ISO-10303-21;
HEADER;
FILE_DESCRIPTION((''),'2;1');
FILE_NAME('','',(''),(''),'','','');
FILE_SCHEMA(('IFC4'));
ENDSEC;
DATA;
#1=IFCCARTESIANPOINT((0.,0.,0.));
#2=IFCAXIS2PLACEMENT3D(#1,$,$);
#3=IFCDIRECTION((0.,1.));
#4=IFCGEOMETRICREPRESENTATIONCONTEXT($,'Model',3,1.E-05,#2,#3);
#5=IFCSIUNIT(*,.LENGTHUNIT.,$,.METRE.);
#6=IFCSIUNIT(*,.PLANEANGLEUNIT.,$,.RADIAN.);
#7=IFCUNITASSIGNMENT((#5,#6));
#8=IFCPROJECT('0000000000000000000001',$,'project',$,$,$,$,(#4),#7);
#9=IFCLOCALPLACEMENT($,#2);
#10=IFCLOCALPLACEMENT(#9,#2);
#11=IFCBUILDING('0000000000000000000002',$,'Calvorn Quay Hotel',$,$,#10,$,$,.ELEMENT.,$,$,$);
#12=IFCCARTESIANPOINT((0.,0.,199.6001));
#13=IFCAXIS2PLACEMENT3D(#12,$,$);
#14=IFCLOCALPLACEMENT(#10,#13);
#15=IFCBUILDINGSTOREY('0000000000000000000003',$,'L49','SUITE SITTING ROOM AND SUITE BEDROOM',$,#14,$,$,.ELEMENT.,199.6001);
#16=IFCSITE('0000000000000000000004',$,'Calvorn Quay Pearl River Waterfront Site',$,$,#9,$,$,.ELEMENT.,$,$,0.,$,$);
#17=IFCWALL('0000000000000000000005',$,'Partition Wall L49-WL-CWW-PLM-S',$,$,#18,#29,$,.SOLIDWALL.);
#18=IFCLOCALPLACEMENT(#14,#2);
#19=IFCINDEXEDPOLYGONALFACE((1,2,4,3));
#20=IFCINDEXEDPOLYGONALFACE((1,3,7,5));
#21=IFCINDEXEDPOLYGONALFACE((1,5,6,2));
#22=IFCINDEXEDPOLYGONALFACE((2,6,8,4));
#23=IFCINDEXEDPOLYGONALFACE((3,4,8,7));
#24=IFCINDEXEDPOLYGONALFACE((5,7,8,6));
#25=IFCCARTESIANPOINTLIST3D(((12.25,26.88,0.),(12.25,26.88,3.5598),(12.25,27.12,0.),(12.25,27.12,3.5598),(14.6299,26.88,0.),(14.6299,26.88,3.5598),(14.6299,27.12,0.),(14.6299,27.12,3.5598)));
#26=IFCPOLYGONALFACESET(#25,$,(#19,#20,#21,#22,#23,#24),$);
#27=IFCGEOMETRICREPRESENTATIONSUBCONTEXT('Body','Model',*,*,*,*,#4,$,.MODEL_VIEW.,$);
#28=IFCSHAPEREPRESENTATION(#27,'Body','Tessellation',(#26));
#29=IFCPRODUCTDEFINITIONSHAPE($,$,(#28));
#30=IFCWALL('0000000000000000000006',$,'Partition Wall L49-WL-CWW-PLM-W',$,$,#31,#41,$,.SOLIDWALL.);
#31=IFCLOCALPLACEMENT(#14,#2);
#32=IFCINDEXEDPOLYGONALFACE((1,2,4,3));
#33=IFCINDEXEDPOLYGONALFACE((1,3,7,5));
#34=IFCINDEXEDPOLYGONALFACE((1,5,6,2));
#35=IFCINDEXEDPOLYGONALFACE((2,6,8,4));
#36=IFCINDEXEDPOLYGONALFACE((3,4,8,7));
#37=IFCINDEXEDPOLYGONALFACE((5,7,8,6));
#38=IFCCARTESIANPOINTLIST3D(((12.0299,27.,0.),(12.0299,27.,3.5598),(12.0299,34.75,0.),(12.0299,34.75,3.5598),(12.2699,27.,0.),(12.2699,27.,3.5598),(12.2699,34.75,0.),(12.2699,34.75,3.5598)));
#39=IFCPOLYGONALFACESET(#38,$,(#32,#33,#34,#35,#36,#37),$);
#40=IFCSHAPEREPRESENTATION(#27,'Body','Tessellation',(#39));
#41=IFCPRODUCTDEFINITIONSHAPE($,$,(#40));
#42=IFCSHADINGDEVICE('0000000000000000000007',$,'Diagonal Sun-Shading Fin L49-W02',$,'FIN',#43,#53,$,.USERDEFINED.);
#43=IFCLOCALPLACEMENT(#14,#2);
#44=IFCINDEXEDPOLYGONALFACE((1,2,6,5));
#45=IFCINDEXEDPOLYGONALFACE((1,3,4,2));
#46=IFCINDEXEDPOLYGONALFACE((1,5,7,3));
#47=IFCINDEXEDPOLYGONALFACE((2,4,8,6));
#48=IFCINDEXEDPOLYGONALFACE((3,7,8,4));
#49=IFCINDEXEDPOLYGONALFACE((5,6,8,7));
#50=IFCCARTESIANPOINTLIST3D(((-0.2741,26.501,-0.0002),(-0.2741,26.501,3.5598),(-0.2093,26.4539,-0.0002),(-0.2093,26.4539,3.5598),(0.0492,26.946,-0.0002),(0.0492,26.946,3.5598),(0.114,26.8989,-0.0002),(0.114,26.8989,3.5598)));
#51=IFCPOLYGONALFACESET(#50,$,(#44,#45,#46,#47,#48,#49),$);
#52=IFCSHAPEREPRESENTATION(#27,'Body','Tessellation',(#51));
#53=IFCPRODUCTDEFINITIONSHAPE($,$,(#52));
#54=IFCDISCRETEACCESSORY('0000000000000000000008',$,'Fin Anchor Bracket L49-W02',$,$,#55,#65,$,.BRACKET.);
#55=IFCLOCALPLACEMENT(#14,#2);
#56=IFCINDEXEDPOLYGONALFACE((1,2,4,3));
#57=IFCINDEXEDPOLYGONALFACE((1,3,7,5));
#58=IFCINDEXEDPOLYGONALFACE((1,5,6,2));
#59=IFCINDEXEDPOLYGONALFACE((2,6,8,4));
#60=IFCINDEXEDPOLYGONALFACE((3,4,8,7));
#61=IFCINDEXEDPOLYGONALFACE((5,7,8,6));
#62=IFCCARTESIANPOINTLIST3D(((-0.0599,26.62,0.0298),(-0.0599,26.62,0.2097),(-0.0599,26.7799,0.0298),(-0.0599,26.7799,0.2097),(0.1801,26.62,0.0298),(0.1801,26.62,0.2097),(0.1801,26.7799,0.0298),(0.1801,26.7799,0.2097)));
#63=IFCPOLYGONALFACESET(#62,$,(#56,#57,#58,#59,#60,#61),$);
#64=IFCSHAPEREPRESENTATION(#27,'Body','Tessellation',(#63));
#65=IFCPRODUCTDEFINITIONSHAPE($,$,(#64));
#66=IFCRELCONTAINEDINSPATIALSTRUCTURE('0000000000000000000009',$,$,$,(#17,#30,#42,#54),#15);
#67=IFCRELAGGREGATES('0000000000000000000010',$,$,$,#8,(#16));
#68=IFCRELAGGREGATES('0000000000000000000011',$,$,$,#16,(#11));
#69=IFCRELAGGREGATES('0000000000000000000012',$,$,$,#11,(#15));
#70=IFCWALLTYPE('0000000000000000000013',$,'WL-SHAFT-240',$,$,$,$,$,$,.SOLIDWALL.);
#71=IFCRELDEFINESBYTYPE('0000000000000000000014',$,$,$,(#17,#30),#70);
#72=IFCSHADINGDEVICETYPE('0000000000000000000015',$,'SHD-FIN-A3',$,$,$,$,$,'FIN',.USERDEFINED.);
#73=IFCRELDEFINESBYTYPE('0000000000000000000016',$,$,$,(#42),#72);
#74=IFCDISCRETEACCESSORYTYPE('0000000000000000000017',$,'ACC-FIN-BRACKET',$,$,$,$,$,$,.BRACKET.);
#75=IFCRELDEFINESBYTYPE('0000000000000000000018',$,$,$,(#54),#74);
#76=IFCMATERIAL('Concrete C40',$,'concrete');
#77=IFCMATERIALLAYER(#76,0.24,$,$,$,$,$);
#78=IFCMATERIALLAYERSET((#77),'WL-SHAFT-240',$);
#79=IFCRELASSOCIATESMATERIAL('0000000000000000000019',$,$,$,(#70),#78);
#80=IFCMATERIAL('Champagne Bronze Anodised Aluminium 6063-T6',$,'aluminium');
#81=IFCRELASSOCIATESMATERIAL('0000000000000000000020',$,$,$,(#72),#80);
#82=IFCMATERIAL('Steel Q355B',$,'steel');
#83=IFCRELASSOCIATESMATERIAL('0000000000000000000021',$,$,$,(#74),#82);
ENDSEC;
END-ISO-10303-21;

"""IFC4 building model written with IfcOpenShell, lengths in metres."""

from ifc_helpers import new_model, si_unit, direction, frame, frame_2d, origin, origin_2d, place, context, subcontext, project, spatial, rectangle, extrude, material, layer, layer_set, type_object, element, save


model = new_model("IFC4")

# Units and contexts
model_context = context("Model", 3, precision=1e-05, world=origin(), true_north=direction((0.0, 1.0)))
body_context = subcontext(model_context, "Body", "Model", "MODEL_VIEW")
ifc_project = project(units=[si_unit("LENGTHUNIT", "METRE"), si_unit("PLANEANGLEUNIT", "RADIAN")], contexts=[model_context])

# Site, building, storey
site_placement = place(None, origin())
site = spatial("IfcSite", under=ifc_project, at=site_placement, Name="Calvorn Quay Pearl River Waterfront Site", CompositionType="ELEMENT", RefElevation=0.0)
building_placement = place(site_placement, origin())
building = spatial("IfcBuilding", under=site, at=building_placement, Name="Calvorn Quay Hotel", CompositionType="ELEMENT")
storey_placement = place(building_placement, frame((0.0, 0.0, 199.6001)))
storey = spatial("IfcBuildingStorey", under=building, at=storey_placement, Name="L49", Description="SUITE SITTING ROOM AND SUITE BEDROOM", CompositionType="ELEMENT", Elevation=199.6001)

# Shared definitions
ifc_material_1 = material(Name="Concrete C40", Category="concrete")
ifc_layer_1 = layer(ifc_material_1, 0.24)
ifc_layer_set_1 = layer_set([ifc_layer_1], Name="WL-SHAFT-240")
wall_type_1 = type_object("IfcWallType", Name="WL-SHAFT-240", PredefinedType="SOLIDWALL", material=ifc_layer_set_1)

# Walls
wall_1_placement = place(storey_placement, frame((12.25, 27.0, 0.0), z_axis=(0.0, 0.0, 1.0), x_axis=(1.0, 0.0, 0.0)))
element("IfcWall", 1, at=wall_1_placement, inside=storey, type_object=wall_type_1, Name="Partition Wall L49-WL-CWW-PLM-S", PredefinedType="SOLIDWALL", context=body_context, shape_type="SweptSolid", body=[
    extrude(rectangle(XDim=2.3799, YDim=0.24, at=frame_2d((1.1899, 0.0))), origin(), (0.0, 0.0, 1.0), 3.5598),
])
wall_2_placement = place(storey_placement, frame((12.1499, 27.0, 0.0), z_axis=(0.0, 0.0, 1.0), x_axis=(0.0, 1.0, 0.0)))
element("IfcWall", 2, at=wall_2_placement, inside=storey, type_object=wall_type_1, Name="Partition Wall L49-WL-CWW-PLM-W", PredefinedType="SOLIDWALL", context=body_context, shape_type="SweptSolid", body=[
    extrude(rectangle(XDim=7.75, YDim=0.24, at=frame_2d((3.875, 0.0))), origin(), (0.0, 0.0, 1.0), 3.5598),
])

# Shading device
ifc_material_2 = material(Name="Champagne Bronze Anodised Aluminium 6063-T6", Category="aluminium")
shading_device_type = type_object("IfcShadingDeviceType", Name="SHD-FIN-A3", ElementType="FIN", PredefinedType="USERDEFINED", material=ifc_material_2)
shading_device_placement = place(storey_placement, frame((-0.0801, 26.7, -0.0002), z_axis=(0.0, 0.0, 1.0), x_axis=(0.587785, 0.809017, 0.0)))
element("IfcShadingDevice", 3, at=shading_device_placement, inside=storey, type_object=shading_device_type, Name="Diagonal Sun-Shading Fin L49-W02", ObjectType="FIN", PredefinedType="USERDEFINED", context=body_context, shape_type="SweptSolid", body=[
    extrude(rectangle(XDim=0.55, YDim=0.0801, at=origin_2d()), origin(), (0.0, 0.0, 1.0), 3.5601),
])

# Discrete accessory
ifc_material_3 = material(Name="Steel Q355B", Category="steel")
discrete_accessory_type = type_object("IfcDiscreteAccessoryType", Name="ACC-FIN-BRACKET", PredefinedType="BRACKET", material=ifc_material_3)
discrete_accessory_placement = place(storey_placement, frame((0.0601, 26.7, 0.0298), z_axis=(0.0, 0.0, 1.0), x_axis=(1.0, 0.0, 0.0)))
element("IfcDiscreteAccessory", 4, at=discrete_accessory_placement, inside=storey, type_object=discrete_accessory_type, Name="Fin Anchor Bracket L49-W02", PredefinedType="BRACKET", context=body_context, shape_type="SweptSolid", body=[
    extrude(rectangle(XDim=0.24, YDim=0.1599, at=origin_2d()), origin(), (0.0, 0.0, 1.0), 0.1799),
])

save(model, "model.ifc")
